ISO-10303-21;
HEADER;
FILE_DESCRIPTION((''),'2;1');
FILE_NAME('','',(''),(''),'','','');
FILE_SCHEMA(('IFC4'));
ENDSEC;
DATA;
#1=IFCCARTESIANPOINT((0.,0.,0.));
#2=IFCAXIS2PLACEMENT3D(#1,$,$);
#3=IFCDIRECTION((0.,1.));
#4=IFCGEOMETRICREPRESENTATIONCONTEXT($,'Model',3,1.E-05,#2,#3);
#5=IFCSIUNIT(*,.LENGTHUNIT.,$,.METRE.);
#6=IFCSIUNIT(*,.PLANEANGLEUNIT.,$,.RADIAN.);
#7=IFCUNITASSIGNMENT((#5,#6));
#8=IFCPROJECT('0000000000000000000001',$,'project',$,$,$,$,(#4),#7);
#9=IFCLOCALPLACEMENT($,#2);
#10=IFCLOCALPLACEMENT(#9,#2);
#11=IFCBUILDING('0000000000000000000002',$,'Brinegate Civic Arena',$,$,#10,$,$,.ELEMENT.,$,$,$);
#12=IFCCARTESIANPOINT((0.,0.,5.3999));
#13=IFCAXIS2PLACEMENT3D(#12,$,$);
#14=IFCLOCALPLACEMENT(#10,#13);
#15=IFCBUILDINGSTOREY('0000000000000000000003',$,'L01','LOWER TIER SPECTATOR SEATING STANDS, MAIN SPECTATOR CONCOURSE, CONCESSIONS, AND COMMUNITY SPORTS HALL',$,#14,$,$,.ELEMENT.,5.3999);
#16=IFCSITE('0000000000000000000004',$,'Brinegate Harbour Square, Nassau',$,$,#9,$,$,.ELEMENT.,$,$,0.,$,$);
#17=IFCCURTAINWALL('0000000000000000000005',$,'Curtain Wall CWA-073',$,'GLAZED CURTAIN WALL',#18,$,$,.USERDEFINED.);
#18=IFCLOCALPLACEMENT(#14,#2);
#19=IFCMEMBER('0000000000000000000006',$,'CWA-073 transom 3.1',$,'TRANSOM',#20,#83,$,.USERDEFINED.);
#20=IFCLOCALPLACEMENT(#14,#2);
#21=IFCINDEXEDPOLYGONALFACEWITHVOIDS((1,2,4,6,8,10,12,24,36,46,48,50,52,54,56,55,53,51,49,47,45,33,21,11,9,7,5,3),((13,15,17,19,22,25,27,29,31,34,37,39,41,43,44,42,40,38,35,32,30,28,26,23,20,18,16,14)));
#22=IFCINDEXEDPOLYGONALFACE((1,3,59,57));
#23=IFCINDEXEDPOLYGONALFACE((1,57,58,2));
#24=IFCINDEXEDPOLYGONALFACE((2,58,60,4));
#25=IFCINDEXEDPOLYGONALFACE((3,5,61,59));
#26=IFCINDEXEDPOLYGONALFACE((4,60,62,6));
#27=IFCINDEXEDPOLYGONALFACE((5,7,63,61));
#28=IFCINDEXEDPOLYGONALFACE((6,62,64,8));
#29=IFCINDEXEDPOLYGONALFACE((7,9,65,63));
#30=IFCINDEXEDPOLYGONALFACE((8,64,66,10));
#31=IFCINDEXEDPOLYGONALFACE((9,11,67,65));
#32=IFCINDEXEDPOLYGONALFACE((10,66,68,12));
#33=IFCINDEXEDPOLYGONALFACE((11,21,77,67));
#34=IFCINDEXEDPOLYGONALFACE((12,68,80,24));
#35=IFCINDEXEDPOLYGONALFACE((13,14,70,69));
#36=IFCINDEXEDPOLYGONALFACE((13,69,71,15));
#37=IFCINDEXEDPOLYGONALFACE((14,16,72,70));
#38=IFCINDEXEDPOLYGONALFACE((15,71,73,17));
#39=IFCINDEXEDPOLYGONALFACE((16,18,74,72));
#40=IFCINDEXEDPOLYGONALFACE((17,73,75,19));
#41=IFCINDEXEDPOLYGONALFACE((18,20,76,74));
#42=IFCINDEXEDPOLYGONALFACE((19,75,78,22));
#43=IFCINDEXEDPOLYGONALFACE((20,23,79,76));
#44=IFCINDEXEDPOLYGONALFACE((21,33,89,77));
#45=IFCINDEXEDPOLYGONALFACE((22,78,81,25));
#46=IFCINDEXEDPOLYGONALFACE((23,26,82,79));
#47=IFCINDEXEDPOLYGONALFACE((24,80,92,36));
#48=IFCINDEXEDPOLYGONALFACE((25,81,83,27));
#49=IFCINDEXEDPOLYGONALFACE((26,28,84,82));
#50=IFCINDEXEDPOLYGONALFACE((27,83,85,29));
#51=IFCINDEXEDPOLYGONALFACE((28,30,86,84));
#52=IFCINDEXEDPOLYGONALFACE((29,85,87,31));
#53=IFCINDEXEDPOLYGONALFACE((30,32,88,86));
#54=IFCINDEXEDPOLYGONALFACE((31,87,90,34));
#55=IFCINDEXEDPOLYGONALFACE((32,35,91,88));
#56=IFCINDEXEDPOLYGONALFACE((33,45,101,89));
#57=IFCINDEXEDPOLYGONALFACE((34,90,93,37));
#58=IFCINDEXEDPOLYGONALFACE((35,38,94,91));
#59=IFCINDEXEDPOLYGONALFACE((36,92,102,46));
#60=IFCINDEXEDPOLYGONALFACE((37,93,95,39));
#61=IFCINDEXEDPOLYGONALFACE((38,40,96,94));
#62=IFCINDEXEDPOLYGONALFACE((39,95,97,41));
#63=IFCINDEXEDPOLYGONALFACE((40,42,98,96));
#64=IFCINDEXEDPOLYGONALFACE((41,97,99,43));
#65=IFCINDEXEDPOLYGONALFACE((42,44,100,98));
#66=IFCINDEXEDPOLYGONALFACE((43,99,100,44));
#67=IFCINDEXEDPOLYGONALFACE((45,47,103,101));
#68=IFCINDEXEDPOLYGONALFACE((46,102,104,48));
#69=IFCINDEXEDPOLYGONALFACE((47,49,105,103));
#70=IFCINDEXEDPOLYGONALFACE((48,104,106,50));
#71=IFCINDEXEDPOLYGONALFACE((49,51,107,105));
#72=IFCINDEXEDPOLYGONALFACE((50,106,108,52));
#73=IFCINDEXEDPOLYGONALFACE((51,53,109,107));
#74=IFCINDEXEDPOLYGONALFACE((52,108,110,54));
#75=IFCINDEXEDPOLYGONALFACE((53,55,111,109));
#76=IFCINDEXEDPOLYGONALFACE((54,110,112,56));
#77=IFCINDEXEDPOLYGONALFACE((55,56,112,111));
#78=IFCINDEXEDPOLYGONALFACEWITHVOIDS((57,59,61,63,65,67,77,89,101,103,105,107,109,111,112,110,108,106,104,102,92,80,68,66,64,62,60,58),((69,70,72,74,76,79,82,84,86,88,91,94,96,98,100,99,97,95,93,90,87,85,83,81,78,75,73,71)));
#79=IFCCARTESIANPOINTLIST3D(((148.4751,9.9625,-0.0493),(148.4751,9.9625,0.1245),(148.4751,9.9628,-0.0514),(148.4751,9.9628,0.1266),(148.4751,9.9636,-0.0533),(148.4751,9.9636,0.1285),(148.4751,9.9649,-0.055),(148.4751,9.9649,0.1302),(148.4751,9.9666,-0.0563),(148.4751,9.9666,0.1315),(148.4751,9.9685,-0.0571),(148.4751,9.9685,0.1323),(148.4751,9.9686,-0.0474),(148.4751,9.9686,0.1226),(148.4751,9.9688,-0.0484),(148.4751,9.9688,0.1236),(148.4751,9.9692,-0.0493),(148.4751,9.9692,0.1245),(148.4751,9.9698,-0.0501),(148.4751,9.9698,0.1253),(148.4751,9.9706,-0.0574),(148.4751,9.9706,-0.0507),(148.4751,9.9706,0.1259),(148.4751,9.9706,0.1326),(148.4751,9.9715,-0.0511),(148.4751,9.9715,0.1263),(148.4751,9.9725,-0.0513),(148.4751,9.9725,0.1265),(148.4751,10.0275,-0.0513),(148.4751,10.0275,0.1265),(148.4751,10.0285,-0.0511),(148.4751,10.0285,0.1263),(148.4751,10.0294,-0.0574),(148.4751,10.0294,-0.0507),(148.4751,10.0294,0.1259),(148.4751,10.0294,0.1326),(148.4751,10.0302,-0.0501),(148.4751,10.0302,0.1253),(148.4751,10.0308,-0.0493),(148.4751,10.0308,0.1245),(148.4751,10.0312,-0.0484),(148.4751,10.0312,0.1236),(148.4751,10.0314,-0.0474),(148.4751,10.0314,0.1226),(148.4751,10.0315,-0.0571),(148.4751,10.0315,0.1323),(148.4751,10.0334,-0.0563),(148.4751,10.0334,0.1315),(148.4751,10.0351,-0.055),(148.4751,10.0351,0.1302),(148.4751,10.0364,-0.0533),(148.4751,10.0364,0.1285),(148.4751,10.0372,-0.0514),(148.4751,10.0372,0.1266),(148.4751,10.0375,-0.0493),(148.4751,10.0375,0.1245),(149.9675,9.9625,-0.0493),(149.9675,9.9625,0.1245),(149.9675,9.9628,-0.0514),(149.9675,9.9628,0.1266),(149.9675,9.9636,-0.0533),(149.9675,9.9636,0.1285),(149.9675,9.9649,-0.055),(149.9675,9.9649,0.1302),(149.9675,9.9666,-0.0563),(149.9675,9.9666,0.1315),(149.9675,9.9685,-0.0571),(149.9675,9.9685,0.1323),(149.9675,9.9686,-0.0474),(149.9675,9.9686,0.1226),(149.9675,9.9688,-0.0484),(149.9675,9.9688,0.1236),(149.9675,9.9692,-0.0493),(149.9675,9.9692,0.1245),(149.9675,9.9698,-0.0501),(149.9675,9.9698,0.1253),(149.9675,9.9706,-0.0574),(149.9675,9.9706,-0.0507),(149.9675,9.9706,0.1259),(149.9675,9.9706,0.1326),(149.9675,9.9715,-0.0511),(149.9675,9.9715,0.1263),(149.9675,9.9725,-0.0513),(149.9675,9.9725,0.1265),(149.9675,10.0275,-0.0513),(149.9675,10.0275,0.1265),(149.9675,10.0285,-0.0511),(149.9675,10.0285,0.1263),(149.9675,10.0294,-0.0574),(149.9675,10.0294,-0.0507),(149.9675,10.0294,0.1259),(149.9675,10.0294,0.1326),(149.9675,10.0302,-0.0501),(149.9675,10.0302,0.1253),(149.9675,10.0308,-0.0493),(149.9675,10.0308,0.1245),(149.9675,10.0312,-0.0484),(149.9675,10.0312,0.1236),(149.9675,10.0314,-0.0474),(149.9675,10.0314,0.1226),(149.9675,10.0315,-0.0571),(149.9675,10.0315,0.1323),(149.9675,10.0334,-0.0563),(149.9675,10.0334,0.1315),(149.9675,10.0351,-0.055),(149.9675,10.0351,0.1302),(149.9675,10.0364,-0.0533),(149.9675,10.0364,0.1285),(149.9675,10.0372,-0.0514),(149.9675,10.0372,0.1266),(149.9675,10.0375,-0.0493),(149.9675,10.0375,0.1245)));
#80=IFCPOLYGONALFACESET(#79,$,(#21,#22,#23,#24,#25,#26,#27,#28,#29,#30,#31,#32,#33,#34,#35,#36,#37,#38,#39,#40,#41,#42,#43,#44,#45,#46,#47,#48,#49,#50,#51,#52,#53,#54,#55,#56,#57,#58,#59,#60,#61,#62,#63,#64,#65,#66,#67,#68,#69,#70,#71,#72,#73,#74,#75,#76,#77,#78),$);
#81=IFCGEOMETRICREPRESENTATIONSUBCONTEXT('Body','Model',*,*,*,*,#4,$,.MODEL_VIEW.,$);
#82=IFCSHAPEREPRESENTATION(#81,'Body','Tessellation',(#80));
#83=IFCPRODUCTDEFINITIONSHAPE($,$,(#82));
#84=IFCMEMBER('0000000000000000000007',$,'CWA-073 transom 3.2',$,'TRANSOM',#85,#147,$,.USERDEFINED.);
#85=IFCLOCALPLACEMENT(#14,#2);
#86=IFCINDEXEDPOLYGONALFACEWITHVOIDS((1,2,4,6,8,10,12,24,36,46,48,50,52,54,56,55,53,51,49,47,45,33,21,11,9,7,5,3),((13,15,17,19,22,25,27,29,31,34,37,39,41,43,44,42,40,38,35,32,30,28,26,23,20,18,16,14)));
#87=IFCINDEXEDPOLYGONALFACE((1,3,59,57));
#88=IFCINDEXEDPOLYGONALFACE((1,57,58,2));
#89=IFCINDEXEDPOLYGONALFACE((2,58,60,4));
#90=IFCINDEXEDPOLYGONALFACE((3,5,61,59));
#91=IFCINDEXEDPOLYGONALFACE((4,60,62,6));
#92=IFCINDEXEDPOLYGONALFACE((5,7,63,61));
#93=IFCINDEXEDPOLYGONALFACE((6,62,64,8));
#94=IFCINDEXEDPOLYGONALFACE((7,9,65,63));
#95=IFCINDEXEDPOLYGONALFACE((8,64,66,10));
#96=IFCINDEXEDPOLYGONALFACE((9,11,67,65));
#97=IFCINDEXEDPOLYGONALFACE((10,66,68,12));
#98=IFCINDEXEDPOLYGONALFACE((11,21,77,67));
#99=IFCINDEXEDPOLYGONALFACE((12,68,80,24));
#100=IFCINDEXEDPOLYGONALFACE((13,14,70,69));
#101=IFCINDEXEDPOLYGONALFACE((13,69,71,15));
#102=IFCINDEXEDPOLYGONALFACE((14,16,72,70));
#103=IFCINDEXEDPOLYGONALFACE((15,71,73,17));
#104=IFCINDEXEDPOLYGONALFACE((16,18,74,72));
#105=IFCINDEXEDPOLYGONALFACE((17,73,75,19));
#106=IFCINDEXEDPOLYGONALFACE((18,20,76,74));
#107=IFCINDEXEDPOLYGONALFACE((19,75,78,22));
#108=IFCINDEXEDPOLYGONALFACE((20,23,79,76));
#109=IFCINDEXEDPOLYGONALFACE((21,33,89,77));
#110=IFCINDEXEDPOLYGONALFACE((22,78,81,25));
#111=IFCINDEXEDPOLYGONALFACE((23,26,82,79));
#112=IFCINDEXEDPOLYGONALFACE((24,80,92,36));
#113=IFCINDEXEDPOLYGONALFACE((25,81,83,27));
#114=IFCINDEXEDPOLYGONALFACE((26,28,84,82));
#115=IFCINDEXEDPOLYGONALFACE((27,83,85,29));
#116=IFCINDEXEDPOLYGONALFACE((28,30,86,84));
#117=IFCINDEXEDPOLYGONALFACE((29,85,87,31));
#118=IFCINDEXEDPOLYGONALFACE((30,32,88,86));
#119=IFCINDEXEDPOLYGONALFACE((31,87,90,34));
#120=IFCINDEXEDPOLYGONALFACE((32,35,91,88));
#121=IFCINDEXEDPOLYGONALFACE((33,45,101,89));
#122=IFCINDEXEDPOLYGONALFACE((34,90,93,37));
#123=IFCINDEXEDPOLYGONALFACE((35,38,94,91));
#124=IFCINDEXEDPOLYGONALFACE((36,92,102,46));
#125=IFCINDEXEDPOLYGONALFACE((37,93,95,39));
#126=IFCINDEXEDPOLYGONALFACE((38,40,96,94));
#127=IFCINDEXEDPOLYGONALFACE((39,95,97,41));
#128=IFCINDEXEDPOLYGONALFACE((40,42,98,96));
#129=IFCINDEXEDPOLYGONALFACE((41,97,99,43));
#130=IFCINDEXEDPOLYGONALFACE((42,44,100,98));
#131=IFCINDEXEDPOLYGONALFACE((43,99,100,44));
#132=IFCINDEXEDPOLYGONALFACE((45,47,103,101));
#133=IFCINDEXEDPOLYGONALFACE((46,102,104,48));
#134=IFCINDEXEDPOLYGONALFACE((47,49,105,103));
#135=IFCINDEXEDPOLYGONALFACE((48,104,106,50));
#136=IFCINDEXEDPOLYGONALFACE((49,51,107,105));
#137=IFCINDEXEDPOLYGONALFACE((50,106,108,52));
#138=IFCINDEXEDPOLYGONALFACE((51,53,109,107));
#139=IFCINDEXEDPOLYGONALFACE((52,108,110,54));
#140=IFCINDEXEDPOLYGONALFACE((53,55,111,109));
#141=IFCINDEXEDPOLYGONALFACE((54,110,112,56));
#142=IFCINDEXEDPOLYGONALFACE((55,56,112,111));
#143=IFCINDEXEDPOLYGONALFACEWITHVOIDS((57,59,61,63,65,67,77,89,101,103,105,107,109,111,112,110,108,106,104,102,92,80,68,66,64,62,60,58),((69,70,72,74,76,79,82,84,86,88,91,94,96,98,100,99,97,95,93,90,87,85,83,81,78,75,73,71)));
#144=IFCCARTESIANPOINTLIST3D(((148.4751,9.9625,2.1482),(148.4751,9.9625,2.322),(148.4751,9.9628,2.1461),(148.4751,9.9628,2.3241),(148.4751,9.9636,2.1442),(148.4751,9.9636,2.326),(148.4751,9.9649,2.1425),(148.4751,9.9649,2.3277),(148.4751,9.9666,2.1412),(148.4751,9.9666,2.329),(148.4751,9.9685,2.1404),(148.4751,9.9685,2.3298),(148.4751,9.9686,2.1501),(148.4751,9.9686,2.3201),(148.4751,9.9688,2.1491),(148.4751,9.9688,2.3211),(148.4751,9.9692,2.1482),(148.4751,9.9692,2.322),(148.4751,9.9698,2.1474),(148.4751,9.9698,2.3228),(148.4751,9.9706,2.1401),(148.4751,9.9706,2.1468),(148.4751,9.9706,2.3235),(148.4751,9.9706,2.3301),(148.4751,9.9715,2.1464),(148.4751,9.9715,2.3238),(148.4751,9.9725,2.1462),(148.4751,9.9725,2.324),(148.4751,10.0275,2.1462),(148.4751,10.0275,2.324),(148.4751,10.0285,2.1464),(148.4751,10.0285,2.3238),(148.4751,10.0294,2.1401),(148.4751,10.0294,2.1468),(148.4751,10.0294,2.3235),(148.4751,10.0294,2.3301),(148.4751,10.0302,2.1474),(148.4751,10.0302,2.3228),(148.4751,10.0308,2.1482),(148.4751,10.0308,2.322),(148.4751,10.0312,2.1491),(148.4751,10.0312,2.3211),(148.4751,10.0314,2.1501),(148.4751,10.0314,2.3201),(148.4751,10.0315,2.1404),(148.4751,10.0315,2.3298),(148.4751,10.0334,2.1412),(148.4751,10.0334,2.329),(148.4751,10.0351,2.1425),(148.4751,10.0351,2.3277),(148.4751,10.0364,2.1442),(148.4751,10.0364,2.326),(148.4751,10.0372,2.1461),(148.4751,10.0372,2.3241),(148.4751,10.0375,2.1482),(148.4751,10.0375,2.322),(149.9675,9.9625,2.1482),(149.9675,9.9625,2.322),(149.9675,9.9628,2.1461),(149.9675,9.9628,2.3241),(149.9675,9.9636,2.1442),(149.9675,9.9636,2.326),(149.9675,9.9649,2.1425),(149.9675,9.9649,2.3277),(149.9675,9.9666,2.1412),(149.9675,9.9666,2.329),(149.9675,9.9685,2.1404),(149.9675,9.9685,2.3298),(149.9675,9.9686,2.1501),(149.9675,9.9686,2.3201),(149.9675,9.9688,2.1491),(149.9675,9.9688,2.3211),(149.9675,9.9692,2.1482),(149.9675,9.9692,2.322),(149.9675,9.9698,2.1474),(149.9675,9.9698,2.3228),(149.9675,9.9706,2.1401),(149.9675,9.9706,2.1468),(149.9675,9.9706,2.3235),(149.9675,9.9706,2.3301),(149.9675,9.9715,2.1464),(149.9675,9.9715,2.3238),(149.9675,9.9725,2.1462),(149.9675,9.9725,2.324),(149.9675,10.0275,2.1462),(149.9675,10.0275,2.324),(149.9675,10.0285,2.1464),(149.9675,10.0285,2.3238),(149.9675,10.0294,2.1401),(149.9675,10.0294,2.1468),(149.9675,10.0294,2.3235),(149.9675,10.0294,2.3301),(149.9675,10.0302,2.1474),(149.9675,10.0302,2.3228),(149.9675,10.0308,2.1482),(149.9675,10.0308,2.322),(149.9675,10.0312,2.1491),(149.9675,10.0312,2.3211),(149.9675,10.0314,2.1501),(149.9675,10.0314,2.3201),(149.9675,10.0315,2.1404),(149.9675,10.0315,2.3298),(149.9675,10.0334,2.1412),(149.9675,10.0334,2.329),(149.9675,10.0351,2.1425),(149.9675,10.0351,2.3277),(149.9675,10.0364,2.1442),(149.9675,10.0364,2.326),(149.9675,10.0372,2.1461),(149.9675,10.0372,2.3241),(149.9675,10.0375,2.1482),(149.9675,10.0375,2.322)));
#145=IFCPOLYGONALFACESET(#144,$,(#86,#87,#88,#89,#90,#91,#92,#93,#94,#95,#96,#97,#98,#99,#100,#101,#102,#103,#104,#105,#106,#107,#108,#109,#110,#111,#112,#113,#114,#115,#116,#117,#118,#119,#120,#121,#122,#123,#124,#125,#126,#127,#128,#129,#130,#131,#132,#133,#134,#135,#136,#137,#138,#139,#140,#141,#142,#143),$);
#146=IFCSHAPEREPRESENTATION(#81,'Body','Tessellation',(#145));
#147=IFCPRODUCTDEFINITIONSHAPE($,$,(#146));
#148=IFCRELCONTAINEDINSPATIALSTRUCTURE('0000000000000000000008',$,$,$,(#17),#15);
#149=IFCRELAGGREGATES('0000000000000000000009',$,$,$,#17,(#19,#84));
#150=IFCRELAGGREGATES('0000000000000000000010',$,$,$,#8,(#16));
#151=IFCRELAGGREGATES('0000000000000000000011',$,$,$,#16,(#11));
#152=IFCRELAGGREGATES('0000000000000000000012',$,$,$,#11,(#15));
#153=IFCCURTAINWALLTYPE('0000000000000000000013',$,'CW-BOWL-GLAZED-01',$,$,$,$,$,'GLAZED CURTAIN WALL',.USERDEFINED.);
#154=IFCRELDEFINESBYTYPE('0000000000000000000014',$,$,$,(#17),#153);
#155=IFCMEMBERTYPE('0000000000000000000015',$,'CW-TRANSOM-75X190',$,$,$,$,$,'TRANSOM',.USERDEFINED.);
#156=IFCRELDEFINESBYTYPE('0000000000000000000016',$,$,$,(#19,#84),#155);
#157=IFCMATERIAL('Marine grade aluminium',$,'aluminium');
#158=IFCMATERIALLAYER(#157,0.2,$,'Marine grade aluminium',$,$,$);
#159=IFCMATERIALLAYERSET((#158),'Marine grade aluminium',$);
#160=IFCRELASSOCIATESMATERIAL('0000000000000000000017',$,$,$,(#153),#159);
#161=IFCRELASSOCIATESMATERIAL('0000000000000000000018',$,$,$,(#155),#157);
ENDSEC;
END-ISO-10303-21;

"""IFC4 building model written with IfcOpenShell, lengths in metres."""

from ifc_helpers import new_model, si_unit, direction, frame, origin, origin_2d, place, context, subcontext, project, spatial, hollow_rectangle, extrude, material, layer, layer_set, material_profile, profile_set, type_object, element, aggregate, save


model = new_model("IFC4")

# Units and contexts
model_context = context("Model", 3, precision=1e-05, world=origin(), true_north=direction((0.0, 1.0)))
body_context = subcontext(model_context, "Body", "Model", "MODEL_VIEW")
ifc_project = project(units=[si_unit("LENGTHUNIT", "METRE"), si_unit("PLANEANGLEUNIT", "RADIAN")], contexts=[model_context])

# Site, building, storey
site_placement = place(None, origin())
site = spatial("IfcSite", under=ifc_project, at=site_placement, Name="Brinegate Harbour Square, Nassau", CompositionType="ELEMENT", RefElevation=0.0)
building_placement = place(site_placement, origin())
building = spatial("IfcBuilding", under=site, at=building_placement, Name="Brinegate Civic Arena", CompositionType="ELEMENT")
storey_placement = place(building_placement, frame((0.0, 0.0, 5.3999)))
storey = spatial("IfcBuildingStorey", under=building, at=storey_placement, Name="L01", Description="LOWER TIER SPECTATOR SEATING STANDS, MAIN SPECTATOR CONCOURSE, CONCESSIONS, AND COMMUNITY SPORTS HALL", CompositionType="ELEMENT", Elevation=5.3999)

# Curtain wall, members
ifc_material_1 = material(Name="Marine grade aluminium", Category="aluminium")
ifc_layer_1 = layer(ifc_material_1, 0.2, Name="Marine grade aluminium")
ifc_layer_set_1 = layer_set([ifc_layer_1], Name="Marine grade aluminium")
curtain_wall_type = type_object("IfcCurtainWallType", Name="CW-BOWL-GLAZED-01", ElementType="GLAZED CURTAIN WALL", PredefinedType="USERDEFINED", material=ifc_layer_set_1)
curtain_wall_placement = place(storey_placement, origin())
curtain_wall = element("IfcCurtainWall", 1, at=curtain_wall_placement, inside=storey, type_object=curtain_wall_type, Name="Curtain Wall CWA-073", ObjectType="GLAZED CURTAIN WALL", PredefinedType="USERDEFINED")
ifc_material_profile_1 = material_profile(ifc_material_1, hollow_rectangle(XDim=0.075, YDim=0.1899, WallThickness=0.0061, InnerFilletRadius=0.0039, OuterFilletRadius=0.0081, at=origin_2d()), Name="TRN75X190")
ifc_profile_set_1 = profile_set([ifc_material_profile_1], Name="Marine grade aluminium")
member_type_1 = type_object("IfcMemberType", Name="CW-TRANSOM-75X190", ElementType="TRANSOM", PredefinedType="USERDEFINED", material=ifc_profile_set_1)
member_1_placement = place(storey_placement, frame((148.4751, 10.0, 0.0376), z_axis=(1.0, 0.0, 0.0), x_axis=(0.0, 1.0, 0.0)))
member_1 = element("IfcMember", 2, at=member_1_placement, type_object=member_type_1, Name="CWA-073 transom 3.1", ObjectType="TRANSOM", PredefinedType="USERDEFINED", context=body_context, shape_type="SweptSolid", body=[
    extrude(hollow_rectangle(XDim=0.075, YDim=0.1899, WallThickness=0.0061, InnerFilletRadius=0.0039, OuterFilletRadius=0.0081, at=origin_2d()), origin(), (0.0, 0.0, 1.0), 1.4924),
])
member_2_placement = place(storey_placement, frame((148.4751, 10.0, 2.2351), z_axis=(1.0, 0.0, 0.0), x_axis=(0.0, 1.0, 0.0)))
member_2 = element("IfcMember", 3, at=member_2_placement, type_object=member_type_1, Name="CWA-073 transom 3.2", ObjectType="TRANSOM", PredefinedType="USERDEFINED", context=body_context, shape_type="SweptSolid", body=[
    extrude(hollow_rectangle(XDim=0.075, YDim=0.1899, WallThickness=0.0061, InnerFilletRadius=0.0039, OuterFilletRadius=0.0081, at=origin_2d()), origin(), (0.0, 0.0, 1.0), 1.4924),
])

aggregate(curtain_wall, [member_1, member_2])

save(model, "model.ifc")
